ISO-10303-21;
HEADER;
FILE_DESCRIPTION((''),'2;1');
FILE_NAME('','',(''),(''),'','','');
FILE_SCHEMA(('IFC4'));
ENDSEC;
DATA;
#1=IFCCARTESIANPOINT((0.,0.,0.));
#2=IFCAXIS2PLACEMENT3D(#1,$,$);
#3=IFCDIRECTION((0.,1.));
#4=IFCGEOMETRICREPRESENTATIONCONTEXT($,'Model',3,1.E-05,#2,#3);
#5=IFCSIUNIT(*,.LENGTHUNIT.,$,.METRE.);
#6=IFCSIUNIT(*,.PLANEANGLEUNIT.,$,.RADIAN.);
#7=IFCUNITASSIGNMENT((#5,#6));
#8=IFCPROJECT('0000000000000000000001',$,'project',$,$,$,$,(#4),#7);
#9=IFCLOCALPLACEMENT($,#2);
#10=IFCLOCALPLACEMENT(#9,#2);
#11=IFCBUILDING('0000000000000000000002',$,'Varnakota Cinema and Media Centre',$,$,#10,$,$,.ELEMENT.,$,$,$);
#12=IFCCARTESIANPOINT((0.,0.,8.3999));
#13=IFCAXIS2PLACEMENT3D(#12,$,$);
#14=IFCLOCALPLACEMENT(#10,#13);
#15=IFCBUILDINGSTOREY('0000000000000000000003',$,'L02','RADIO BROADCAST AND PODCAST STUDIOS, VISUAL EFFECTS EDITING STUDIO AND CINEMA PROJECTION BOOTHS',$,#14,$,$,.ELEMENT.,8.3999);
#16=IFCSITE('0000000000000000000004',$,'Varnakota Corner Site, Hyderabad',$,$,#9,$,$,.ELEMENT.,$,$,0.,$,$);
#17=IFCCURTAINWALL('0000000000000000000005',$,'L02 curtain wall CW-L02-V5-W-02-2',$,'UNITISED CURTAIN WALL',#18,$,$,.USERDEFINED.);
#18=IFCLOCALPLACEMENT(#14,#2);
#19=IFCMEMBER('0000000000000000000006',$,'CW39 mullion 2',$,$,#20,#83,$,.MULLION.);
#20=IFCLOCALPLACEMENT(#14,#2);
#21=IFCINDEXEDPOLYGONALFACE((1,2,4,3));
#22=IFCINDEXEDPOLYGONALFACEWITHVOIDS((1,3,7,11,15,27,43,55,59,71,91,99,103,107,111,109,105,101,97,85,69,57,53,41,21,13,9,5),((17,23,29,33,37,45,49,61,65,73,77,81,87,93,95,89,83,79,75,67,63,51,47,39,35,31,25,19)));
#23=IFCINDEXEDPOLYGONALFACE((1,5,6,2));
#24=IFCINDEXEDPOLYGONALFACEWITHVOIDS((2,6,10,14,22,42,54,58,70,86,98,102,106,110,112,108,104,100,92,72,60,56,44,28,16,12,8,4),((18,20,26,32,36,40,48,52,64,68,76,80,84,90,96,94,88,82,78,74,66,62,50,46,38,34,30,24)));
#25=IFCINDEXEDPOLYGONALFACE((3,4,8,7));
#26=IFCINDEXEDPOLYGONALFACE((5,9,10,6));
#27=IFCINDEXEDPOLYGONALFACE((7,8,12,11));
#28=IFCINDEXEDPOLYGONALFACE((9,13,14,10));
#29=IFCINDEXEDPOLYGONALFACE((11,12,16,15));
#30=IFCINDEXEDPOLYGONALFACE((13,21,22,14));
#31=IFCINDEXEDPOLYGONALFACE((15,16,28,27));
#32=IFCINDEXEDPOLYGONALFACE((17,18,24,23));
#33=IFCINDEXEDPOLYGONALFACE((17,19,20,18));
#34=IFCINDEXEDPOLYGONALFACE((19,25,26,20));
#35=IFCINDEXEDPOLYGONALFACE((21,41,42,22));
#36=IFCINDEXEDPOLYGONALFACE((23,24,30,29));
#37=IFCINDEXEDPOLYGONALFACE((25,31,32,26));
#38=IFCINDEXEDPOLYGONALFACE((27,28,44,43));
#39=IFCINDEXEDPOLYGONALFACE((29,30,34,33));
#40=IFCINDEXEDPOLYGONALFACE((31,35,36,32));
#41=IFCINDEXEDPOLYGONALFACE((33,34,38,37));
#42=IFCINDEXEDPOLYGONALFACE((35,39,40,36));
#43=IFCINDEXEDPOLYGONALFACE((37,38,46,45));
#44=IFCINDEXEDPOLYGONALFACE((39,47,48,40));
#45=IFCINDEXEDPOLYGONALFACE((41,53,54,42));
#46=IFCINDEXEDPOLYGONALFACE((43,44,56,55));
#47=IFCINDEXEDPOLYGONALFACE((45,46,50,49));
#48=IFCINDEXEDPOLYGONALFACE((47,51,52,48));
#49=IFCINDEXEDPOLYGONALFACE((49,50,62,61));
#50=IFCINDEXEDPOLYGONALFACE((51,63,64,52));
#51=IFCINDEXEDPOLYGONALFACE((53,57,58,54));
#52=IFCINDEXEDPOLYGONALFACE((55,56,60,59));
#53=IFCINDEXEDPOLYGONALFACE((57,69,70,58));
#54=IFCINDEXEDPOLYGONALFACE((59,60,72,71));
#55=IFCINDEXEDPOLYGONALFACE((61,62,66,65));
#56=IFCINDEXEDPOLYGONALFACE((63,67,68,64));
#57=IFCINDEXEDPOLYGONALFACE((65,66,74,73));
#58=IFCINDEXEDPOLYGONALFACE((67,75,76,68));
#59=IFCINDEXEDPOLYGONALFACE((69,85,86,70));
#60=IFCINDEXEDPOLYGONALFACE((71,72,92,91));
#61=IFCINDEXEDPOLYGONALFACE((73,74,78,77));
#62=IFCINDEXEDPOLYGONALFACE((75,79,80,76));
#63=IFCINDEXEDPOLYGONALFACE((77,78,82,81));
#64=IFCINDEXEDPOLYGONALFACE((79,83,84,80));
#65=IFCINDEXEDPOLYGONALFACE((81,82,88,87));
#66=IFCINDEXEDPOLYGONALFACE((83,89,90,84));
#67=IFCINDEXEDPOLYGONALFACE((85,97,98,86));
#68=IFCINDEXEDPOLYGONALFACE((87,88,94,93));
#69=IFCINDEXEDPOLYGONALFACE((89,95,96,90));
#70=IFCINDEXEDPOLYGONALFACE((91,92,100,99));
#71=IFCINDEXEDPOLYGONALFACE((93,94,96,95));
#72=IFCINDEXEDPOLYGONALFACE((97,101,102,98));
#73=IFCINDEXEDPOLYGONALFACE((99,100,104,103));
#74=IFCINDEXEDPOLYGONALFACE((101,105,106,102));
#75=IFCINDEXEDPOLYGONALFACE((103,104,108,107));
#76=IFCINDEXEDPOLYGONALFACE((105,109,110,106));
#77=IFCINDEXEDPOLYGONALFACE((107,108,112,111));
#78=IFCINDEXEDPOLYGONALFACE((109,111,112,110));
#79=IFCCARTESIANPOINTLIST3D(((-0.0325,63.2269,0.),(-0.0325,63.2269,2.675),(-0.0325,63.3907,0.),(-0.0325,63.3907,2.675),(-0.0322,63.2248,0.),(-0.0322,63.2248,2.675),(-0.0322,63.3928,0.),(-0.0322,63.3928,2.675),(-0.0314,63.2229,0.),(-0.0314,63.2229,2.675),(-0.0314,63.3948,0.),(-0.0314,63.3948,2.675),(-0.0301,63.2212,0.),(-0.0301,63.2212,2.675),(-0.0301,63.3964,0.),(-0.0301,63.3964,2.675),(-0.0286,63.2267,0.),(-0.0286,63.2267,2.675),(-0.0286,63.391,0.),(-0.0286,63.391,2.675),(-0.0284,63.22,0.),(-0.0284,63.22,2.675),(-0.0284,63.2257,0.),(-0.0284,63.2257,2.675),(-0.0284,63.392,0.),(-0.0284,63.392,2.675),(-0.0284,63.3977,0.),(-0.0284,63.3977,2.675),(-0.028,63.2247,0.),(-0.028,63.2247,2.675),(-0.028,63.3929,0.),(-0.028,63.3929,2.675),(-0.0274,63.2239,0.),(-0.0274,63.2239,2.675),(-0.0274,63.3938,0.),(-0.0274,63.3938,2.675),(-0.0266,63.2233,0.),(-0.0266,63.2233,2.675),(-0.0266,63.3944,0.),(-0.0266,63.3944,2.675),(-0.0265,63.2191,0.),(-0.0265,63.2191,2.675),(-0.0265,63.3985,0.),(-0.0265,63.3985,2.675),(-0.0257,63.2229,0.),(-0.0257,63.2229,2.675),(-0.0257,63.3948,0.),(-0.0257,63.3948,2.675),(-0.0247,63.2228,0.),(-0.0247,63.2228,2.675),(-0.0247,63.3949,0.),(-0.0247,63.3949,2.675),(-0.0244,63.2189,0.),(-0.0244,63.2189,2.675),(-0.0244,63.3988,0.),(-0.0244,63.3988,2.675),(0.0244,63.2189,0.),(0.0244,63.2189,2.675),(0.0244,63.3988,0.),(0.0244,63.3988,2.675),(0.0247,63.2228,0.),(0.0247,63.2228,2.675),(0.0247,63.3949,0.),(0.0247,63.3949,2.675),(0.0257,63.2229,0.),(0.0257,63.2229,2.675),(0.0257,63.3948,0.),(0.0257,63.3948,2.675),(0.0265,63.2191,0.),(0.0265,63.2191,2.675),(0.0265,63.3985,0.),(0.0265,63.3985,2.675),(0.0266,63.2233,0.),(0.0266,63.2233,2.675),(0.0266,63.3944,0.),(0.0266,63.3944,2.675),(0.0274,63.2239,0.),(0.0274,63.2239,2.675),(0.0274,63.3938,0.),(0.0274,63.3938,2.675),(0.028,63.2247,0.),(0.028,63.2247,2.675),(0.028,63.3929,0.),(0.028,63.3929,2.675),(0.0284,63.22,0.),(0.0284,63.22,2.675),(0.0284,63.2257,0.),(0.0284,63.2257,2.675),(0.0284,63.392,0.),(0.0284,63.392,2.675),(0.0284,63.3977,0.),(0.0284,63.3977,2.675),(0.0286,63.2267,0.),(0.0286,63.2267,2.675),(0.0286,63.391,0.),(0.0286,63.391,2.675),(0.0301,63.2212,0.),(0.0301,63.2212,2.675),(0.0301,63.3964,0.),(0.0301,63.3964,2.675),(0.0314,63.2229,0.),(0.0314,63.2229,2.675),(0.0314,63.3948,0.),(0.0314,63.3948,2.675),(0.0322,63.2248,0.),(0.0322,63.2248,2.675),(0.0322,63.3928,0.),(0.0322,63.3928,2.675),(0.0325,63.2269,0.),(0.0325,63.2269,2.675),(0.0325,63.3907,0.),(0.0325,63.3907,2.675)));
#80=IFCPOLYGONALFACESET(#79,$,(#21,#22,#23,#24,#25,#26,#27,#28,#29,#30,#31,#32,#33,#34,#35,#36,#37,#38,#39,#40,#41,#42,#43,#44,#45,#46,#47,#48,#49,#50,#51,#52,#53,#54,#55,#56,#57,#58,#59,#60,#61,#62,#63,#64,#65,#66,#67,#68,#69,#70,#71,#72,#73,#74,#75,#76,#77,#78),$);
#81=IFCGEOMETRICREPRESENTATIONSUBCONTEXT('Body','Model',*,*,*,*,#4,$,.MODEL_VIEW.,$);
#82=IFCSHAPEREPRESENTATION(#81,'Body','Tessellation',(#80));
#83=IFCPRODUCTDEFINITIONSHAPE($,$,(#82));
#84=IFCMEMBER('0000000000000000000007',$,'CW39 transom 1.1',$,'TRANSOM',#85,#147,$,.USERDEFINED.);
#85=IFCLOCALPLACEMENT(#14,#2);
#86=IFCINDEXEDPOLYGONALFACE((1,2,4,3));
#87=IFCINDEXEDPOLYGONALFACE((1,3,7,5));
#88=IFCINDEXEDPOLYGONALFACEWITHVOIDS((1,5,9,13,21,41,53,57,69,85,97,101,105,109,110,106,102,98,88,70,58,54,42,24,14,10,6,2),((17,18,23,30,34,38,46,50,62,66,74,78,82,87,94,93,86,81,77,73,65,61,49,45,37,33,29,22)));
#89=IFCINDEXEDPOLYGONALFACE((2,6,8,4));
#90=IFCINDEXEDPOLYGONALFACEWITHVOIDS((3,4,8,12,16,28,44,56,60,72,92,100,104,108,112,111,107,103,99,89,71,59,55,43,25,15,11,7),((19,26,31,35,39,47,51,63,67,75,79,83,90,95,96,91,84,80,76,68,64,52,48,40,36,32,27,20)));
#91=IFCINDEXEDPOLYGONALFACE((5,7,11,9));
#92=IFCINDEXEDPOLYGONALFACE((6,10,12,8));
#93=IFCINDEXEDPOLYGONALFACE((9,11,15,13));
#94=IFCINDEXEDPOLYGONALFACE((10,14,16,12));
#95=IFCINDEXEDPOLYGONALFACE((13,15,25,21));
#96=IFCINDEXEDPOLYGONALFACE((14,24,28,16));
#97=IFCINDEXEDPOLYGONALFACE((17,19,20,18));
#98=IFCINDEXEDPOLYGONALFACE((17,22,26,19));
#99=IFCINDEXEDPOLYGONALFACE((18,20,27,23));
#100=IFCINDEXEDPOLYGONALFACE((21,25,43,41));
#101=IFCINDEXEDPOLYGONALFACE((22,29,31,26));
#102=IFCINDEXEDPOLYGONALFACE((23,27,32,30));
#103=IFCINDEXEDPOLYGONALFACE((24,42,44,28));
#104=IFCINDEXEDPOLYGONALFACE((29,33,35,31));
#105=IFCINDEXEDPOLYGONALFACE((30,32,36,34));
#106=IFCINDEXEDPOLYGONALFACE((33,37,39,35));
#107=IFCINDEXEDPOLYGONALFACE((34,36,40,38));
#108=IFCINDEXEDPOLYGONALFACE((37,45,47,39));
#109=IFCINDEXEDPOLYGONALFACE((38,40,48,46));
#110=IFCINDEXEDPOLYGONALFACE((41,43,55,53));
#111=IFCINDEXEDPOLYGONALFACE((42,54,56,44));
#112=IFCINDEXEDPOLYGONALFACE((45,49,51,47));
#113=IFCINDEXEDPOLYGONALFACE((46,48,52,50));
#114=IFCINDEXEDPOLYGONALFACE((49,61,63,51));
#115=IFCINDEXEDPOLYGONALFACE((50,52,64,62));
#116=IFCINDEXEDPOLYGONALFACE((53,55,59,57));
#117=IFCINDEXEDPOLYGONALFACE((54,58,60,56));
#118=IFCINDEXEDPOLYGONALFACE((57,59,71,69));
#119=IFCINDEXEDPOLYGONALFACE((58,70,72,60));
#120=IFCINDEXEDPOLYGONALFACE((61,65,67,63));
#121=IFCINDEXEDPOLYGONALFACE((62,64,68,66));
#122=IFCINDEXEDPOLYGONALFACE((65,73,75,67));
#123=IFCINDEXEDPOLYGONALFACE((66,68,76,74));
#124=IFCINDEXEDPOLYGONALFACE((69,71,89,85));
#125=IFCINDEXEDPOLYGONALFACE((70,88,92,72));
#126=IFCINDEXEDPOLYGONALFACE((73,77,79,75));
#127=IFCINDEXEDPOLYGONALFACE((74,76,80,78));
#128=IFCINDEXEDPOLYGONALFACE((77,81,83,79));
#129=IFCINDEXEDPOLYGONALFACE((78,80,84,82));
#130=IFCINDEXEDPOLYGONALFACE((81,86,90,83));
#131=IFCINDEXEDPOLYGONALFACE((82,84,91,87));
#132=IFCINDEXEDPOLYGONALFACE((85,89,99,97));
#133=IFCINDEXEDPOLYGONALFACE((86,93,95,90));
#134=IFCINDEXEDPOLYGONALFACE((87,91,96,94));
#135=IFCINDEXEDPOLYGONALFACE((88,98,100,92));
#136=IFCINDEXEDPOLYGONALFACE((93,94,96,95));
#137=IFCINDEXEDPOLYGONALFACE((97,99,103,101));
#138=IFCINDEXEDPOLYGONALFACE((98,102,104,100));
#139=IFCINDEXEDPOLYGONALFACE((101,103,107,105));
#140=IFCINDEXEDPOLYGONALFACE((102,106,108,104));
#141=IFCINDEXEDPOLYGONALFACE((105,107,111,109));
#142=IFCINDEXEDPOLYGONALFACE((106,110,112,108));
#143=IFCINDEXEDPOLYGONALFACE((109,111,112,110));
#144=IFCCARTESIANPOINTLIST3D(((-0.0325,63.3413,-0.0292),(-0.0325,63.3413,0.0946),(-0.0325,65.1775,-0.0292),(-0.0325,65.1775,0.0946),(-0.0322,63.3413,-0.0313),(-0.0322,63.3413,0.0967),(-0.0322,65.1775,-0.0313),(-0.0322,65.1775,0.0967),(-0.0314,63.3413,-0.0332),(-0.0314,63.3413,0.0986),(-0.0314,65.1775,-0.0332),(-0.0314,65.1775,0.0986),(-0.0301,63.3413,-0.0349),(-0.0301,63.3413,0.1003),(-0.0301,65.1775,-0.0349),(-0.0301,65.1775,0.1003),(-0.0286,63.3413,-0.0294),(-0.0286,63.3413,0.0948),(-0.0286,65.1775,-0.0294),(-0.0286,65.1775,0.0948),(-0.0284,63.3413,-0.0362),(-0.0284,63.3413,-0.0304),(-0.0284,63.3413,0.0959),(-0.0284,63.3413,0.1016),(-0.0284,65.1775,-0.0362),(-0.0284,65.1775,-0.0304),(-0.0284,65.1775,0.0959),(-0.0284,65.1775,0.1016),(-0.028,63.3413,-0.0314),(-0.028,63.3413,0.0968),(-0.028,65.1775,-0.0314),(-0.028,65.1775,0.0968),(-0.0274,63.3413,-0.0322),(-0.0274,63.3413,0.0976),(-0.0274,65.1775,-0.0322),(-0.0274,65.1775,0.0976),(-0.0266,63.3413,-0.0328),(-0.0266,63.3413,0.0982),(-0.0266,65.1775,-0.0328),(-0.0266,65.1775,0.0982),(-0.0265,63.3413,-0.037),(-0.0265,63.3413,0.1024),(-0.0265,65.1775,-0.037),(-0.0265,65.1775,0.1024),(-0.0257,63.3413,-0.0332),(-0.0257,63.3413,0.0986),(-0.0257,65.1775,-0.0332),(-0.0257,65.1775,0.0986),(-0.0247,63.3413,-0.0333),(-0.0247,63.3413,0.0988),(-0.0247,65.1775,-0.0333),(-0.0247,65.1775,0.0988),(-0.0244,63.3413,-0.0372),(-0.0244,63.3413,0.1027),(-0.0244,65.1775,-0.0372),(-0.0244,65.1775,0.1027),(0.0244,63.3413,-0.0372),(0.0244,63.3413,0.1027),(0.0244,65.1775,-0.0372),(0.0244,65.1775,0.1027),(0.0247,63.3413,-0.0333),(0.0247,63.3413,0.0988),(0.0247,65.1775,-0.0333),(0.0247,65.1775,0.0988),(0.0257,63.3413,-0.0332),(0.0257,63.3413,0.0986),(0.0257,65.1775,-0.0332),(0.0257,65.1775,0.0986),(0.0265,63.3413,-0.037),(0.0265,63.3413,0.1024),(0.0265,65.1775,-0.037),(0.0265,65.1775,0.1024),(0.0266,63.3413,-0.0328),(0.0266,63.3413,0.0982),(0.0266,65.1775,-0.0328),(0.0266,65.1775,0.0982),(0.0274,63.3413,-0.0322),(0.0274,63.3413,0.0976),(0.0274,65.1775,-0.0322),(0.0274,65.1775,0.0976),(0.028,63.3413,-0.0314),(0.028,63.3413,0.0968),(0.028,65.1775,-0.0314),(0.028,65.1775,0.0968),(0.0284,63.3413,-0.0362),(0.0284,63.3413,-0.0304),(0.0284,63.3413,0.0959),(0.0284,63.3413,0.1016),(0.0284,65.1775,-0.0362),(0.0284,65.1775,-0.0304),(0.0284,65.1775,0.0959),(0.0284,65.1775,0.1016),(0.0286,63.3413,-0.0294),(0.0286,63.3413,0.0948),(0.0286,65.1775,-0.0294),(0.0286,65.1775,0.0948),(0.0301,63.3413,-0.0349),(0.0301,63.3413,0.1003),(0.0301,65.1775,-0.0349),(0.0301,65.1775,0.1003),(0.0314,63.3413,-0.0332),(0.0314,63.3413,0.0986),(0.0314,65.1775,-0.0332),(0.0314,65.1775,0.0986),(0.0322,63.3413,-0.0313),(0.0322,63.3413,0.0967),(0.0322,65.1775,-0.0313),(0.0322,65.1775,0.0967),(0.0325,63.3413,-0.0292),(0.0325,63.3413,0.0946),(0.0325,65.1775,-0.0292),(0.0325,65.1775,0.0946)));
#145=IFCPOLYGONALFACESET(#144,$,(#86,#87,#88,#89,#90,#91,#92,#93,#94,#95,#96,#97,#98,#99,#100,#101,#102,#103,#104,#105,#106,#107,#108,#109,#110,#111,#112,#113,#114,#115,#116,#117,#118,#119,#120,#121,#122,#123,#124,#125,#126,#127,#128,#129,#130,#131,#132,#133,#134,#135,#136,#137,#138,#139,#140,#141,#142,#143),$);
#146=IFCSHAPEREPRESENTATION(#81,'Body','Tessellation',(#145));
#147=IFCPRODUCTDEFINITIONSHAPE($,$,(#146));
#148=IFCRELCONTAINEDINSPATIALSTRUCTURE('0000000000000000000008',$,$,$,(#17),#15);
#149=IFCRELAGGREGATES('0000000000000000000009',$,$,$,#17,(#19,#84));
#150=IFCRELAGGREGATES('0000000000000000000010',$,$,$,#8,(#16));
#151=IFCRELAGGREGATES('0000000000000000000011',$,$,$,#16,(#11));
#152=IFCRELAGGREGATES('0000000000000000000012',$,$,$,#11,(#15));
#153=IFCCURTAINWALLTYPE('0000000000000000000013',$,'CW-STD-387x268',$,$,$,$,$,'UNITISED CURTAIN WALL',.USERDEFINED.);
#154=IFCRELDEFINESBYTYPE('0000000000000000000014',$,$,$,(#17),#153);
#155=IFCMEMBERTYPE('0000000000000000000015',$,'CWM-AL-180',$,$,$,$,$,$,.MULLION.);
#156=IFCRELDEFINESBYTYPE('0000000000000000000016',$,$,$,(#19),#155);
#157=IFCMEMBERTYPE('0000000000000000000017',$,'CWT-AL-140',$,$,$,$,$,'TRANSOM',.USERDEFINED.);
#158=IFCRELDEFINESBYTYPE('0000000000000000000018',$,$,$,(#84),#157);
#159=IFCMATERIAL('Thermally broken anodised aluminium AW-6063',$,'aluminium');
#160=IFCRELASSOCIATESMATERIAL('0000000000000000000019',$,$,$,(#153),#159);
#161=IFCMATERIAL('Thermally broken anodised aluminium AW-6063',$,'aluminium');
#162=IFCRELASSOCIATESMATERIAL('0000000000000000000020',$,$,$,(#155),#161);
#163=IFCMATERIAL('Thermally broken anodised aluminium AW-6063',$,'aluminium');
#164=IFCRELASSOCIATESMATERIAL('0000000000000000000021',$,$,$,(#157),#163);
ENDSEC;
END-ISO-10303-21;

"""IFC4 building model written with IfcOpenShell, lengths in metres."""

from ifc_helpers import new_model, si_unit, direction, frame, origin, origin_2d, place, context, subcontext, project, spatial, hollow_rectangle, extrude, material, material_profile, profile_set, type_object, element, aggregate, save


model = new_model("IFC4")

# Units and contexts
model_context = context("Model", 3, precision=1e-05, world=origin(), true_north=direction((0.0, 1.0)))
body_context = subcontext(model_context, "Body", "Model", "MODEL_VIEW")
ifc_project = project(units=[si_unit("LENGTHUNIT", "METRE"), si_unit("PLANEANGLEUNIT", "RADIAN")], contexts=[model_context])

# Site, building, storey
site_placement = place(None, origin())
site = spatial("IfcSite", under=ifc_project, at=site_placement, Name="Varnakota Corner Site, Hyderabad", CompositionType="ELEMENT", RefElevation=0.0)
building_placement = place(site_placement, origin())
building = spatial("IfcBuilding", under=site, at=building_placement, Name="Varnakota Cinema and Media Centre", CompositionType="ELEMENT")
storey_placement = place(building_placement, frame((0.0, 0.0, 8.3999)))
storey = spatial("IfcBuildingStorey", under=building, at=storey_placement, Name="L02", Description="RADIO BROADCAST AND PODCAST STUDIOS, VISUAL EFFECTS EDITING STUDIO AND CINEMA PROJECTION BOOTHS", CompositionType="ELEMENT", Elevation=8.3999)

# Curtain wall, members
ifc_material_1 = material(Name="Thermally broken anodised aluminium AW-6063", Category="aluminium")
curtain_wall_type = type_object("IfcCurtainWallType", Name="CW-STD-387x268", ElementType="UNITISED CURTAIN WALL", PredefinedType="USERDEFINED", material=ifc_material_1)
curtain_wall_placement = place(storey_placement, origin())
curtain_wall = element("IfcCurtainWall", 1, at=curtain_wall_placement, inside=storey, type_object=curtain_wall_type, Name="L02 curtain wall CW-L02-V5-W-02-2", ObjectType="UNITISED CURTAIN WALL", PredefinedType="USERDEFINED")
ifc_material_2 = material(Name="Thermally broken anodised aluminium AW-6063", Category="aluminium")
ifc_material_profile_1 = material_profile(ifc_material_2, hollow_rectangle(XDim=0.0649, YDim=0.1799, WallThickness=0.0039, InnerFilletRadius=0.0039, OuterFilletRadius=0.0081, at=origin_2d()), Name="AL-MULLION 180x65x4")
ifc_profile_set_1 = profile_set([ifc_material_profile_1], Name="Thermally broken anodised aluminium AW-6063")
member_type_1 = type_object("IfcMemberType", Name="CWM-AL-180", PredefinedType="MULLION", material=ifc_profile_set_1)
member_1_placement = place(storey_placement, frame((0.0, 63.3088, 0.0), z_axis=(0.0, 0.0, 1.0), x_axis=(1.0, 0.0, 0.0)))
member_1 = element("IfcMember", 2, at=member_1_placement, type_object=member_type_1, Name="CW39 mullion 2", PredefinedType="MULLION", context=body_context, shape_type="SweptSolid", body=[
    extrude(hollow_rectangle(XDim=0.0649, YDim=0.1799, WallThickness=0.0039, InnerFilletRadius=0.0039, OuterFilletRadius=0.0081, at=origin_2d()), origin(), (0.0, 0.0, 1.0), 2.675),
])
ifc_material_3 = material(Name="Thermally broken anodised aluminium AW-6063", Category="aluminium")
ifc_material_profile_2 = material_profile(ifc_material_3, hollow_rectangle(XDim=0.0649, YDim=0.1399, WallThickness=0.0039, InnerFilletRadius=0.0039, OuterFilletRadius=0.0081, at=origin_2d()), Name="AL-TRANSOM 140x65x4")
ifc_profile_set_2 = profile_set([ifc_material_profile_2], Name="Thermally broken anodised aluminium AW-6063")
member_type_2 = type_object("IfcMemberType", Name="CWT-AL-140", ElementType="TRANSOM", PredefinedType="USERDEFINED", material=ifc_profile_set_2)
member_2_placement = place(storey_placement, frame((0.0, 65.1775, 0.0327), z_axis=(0.0, -1.0, 0.0), x_axis=(1.0, 0.0, 0.0)))
member_2 = element("IfcMember", 3, at=member_2_placement, type_object=member_type_2, Name="CW39 transom 1.1", ObjectType="TRANSOM", PredefinedType="USERDEFINED", context=body_context, shape_type="SweptSolid", body=[
    extrude(hollow_rectangle(XDim=0.0649, YDim=0.1399, WallThickness=0.0039, InnerFilletRadius=0.0039, OuterFilletRadius=0.0081, at=origin_2d()), origin(), (0.0, 0.0, 1.0), 1.8362),
])
aggregate(curtain_wall, [member_1, member_2])

save(model, "model.ifc")
